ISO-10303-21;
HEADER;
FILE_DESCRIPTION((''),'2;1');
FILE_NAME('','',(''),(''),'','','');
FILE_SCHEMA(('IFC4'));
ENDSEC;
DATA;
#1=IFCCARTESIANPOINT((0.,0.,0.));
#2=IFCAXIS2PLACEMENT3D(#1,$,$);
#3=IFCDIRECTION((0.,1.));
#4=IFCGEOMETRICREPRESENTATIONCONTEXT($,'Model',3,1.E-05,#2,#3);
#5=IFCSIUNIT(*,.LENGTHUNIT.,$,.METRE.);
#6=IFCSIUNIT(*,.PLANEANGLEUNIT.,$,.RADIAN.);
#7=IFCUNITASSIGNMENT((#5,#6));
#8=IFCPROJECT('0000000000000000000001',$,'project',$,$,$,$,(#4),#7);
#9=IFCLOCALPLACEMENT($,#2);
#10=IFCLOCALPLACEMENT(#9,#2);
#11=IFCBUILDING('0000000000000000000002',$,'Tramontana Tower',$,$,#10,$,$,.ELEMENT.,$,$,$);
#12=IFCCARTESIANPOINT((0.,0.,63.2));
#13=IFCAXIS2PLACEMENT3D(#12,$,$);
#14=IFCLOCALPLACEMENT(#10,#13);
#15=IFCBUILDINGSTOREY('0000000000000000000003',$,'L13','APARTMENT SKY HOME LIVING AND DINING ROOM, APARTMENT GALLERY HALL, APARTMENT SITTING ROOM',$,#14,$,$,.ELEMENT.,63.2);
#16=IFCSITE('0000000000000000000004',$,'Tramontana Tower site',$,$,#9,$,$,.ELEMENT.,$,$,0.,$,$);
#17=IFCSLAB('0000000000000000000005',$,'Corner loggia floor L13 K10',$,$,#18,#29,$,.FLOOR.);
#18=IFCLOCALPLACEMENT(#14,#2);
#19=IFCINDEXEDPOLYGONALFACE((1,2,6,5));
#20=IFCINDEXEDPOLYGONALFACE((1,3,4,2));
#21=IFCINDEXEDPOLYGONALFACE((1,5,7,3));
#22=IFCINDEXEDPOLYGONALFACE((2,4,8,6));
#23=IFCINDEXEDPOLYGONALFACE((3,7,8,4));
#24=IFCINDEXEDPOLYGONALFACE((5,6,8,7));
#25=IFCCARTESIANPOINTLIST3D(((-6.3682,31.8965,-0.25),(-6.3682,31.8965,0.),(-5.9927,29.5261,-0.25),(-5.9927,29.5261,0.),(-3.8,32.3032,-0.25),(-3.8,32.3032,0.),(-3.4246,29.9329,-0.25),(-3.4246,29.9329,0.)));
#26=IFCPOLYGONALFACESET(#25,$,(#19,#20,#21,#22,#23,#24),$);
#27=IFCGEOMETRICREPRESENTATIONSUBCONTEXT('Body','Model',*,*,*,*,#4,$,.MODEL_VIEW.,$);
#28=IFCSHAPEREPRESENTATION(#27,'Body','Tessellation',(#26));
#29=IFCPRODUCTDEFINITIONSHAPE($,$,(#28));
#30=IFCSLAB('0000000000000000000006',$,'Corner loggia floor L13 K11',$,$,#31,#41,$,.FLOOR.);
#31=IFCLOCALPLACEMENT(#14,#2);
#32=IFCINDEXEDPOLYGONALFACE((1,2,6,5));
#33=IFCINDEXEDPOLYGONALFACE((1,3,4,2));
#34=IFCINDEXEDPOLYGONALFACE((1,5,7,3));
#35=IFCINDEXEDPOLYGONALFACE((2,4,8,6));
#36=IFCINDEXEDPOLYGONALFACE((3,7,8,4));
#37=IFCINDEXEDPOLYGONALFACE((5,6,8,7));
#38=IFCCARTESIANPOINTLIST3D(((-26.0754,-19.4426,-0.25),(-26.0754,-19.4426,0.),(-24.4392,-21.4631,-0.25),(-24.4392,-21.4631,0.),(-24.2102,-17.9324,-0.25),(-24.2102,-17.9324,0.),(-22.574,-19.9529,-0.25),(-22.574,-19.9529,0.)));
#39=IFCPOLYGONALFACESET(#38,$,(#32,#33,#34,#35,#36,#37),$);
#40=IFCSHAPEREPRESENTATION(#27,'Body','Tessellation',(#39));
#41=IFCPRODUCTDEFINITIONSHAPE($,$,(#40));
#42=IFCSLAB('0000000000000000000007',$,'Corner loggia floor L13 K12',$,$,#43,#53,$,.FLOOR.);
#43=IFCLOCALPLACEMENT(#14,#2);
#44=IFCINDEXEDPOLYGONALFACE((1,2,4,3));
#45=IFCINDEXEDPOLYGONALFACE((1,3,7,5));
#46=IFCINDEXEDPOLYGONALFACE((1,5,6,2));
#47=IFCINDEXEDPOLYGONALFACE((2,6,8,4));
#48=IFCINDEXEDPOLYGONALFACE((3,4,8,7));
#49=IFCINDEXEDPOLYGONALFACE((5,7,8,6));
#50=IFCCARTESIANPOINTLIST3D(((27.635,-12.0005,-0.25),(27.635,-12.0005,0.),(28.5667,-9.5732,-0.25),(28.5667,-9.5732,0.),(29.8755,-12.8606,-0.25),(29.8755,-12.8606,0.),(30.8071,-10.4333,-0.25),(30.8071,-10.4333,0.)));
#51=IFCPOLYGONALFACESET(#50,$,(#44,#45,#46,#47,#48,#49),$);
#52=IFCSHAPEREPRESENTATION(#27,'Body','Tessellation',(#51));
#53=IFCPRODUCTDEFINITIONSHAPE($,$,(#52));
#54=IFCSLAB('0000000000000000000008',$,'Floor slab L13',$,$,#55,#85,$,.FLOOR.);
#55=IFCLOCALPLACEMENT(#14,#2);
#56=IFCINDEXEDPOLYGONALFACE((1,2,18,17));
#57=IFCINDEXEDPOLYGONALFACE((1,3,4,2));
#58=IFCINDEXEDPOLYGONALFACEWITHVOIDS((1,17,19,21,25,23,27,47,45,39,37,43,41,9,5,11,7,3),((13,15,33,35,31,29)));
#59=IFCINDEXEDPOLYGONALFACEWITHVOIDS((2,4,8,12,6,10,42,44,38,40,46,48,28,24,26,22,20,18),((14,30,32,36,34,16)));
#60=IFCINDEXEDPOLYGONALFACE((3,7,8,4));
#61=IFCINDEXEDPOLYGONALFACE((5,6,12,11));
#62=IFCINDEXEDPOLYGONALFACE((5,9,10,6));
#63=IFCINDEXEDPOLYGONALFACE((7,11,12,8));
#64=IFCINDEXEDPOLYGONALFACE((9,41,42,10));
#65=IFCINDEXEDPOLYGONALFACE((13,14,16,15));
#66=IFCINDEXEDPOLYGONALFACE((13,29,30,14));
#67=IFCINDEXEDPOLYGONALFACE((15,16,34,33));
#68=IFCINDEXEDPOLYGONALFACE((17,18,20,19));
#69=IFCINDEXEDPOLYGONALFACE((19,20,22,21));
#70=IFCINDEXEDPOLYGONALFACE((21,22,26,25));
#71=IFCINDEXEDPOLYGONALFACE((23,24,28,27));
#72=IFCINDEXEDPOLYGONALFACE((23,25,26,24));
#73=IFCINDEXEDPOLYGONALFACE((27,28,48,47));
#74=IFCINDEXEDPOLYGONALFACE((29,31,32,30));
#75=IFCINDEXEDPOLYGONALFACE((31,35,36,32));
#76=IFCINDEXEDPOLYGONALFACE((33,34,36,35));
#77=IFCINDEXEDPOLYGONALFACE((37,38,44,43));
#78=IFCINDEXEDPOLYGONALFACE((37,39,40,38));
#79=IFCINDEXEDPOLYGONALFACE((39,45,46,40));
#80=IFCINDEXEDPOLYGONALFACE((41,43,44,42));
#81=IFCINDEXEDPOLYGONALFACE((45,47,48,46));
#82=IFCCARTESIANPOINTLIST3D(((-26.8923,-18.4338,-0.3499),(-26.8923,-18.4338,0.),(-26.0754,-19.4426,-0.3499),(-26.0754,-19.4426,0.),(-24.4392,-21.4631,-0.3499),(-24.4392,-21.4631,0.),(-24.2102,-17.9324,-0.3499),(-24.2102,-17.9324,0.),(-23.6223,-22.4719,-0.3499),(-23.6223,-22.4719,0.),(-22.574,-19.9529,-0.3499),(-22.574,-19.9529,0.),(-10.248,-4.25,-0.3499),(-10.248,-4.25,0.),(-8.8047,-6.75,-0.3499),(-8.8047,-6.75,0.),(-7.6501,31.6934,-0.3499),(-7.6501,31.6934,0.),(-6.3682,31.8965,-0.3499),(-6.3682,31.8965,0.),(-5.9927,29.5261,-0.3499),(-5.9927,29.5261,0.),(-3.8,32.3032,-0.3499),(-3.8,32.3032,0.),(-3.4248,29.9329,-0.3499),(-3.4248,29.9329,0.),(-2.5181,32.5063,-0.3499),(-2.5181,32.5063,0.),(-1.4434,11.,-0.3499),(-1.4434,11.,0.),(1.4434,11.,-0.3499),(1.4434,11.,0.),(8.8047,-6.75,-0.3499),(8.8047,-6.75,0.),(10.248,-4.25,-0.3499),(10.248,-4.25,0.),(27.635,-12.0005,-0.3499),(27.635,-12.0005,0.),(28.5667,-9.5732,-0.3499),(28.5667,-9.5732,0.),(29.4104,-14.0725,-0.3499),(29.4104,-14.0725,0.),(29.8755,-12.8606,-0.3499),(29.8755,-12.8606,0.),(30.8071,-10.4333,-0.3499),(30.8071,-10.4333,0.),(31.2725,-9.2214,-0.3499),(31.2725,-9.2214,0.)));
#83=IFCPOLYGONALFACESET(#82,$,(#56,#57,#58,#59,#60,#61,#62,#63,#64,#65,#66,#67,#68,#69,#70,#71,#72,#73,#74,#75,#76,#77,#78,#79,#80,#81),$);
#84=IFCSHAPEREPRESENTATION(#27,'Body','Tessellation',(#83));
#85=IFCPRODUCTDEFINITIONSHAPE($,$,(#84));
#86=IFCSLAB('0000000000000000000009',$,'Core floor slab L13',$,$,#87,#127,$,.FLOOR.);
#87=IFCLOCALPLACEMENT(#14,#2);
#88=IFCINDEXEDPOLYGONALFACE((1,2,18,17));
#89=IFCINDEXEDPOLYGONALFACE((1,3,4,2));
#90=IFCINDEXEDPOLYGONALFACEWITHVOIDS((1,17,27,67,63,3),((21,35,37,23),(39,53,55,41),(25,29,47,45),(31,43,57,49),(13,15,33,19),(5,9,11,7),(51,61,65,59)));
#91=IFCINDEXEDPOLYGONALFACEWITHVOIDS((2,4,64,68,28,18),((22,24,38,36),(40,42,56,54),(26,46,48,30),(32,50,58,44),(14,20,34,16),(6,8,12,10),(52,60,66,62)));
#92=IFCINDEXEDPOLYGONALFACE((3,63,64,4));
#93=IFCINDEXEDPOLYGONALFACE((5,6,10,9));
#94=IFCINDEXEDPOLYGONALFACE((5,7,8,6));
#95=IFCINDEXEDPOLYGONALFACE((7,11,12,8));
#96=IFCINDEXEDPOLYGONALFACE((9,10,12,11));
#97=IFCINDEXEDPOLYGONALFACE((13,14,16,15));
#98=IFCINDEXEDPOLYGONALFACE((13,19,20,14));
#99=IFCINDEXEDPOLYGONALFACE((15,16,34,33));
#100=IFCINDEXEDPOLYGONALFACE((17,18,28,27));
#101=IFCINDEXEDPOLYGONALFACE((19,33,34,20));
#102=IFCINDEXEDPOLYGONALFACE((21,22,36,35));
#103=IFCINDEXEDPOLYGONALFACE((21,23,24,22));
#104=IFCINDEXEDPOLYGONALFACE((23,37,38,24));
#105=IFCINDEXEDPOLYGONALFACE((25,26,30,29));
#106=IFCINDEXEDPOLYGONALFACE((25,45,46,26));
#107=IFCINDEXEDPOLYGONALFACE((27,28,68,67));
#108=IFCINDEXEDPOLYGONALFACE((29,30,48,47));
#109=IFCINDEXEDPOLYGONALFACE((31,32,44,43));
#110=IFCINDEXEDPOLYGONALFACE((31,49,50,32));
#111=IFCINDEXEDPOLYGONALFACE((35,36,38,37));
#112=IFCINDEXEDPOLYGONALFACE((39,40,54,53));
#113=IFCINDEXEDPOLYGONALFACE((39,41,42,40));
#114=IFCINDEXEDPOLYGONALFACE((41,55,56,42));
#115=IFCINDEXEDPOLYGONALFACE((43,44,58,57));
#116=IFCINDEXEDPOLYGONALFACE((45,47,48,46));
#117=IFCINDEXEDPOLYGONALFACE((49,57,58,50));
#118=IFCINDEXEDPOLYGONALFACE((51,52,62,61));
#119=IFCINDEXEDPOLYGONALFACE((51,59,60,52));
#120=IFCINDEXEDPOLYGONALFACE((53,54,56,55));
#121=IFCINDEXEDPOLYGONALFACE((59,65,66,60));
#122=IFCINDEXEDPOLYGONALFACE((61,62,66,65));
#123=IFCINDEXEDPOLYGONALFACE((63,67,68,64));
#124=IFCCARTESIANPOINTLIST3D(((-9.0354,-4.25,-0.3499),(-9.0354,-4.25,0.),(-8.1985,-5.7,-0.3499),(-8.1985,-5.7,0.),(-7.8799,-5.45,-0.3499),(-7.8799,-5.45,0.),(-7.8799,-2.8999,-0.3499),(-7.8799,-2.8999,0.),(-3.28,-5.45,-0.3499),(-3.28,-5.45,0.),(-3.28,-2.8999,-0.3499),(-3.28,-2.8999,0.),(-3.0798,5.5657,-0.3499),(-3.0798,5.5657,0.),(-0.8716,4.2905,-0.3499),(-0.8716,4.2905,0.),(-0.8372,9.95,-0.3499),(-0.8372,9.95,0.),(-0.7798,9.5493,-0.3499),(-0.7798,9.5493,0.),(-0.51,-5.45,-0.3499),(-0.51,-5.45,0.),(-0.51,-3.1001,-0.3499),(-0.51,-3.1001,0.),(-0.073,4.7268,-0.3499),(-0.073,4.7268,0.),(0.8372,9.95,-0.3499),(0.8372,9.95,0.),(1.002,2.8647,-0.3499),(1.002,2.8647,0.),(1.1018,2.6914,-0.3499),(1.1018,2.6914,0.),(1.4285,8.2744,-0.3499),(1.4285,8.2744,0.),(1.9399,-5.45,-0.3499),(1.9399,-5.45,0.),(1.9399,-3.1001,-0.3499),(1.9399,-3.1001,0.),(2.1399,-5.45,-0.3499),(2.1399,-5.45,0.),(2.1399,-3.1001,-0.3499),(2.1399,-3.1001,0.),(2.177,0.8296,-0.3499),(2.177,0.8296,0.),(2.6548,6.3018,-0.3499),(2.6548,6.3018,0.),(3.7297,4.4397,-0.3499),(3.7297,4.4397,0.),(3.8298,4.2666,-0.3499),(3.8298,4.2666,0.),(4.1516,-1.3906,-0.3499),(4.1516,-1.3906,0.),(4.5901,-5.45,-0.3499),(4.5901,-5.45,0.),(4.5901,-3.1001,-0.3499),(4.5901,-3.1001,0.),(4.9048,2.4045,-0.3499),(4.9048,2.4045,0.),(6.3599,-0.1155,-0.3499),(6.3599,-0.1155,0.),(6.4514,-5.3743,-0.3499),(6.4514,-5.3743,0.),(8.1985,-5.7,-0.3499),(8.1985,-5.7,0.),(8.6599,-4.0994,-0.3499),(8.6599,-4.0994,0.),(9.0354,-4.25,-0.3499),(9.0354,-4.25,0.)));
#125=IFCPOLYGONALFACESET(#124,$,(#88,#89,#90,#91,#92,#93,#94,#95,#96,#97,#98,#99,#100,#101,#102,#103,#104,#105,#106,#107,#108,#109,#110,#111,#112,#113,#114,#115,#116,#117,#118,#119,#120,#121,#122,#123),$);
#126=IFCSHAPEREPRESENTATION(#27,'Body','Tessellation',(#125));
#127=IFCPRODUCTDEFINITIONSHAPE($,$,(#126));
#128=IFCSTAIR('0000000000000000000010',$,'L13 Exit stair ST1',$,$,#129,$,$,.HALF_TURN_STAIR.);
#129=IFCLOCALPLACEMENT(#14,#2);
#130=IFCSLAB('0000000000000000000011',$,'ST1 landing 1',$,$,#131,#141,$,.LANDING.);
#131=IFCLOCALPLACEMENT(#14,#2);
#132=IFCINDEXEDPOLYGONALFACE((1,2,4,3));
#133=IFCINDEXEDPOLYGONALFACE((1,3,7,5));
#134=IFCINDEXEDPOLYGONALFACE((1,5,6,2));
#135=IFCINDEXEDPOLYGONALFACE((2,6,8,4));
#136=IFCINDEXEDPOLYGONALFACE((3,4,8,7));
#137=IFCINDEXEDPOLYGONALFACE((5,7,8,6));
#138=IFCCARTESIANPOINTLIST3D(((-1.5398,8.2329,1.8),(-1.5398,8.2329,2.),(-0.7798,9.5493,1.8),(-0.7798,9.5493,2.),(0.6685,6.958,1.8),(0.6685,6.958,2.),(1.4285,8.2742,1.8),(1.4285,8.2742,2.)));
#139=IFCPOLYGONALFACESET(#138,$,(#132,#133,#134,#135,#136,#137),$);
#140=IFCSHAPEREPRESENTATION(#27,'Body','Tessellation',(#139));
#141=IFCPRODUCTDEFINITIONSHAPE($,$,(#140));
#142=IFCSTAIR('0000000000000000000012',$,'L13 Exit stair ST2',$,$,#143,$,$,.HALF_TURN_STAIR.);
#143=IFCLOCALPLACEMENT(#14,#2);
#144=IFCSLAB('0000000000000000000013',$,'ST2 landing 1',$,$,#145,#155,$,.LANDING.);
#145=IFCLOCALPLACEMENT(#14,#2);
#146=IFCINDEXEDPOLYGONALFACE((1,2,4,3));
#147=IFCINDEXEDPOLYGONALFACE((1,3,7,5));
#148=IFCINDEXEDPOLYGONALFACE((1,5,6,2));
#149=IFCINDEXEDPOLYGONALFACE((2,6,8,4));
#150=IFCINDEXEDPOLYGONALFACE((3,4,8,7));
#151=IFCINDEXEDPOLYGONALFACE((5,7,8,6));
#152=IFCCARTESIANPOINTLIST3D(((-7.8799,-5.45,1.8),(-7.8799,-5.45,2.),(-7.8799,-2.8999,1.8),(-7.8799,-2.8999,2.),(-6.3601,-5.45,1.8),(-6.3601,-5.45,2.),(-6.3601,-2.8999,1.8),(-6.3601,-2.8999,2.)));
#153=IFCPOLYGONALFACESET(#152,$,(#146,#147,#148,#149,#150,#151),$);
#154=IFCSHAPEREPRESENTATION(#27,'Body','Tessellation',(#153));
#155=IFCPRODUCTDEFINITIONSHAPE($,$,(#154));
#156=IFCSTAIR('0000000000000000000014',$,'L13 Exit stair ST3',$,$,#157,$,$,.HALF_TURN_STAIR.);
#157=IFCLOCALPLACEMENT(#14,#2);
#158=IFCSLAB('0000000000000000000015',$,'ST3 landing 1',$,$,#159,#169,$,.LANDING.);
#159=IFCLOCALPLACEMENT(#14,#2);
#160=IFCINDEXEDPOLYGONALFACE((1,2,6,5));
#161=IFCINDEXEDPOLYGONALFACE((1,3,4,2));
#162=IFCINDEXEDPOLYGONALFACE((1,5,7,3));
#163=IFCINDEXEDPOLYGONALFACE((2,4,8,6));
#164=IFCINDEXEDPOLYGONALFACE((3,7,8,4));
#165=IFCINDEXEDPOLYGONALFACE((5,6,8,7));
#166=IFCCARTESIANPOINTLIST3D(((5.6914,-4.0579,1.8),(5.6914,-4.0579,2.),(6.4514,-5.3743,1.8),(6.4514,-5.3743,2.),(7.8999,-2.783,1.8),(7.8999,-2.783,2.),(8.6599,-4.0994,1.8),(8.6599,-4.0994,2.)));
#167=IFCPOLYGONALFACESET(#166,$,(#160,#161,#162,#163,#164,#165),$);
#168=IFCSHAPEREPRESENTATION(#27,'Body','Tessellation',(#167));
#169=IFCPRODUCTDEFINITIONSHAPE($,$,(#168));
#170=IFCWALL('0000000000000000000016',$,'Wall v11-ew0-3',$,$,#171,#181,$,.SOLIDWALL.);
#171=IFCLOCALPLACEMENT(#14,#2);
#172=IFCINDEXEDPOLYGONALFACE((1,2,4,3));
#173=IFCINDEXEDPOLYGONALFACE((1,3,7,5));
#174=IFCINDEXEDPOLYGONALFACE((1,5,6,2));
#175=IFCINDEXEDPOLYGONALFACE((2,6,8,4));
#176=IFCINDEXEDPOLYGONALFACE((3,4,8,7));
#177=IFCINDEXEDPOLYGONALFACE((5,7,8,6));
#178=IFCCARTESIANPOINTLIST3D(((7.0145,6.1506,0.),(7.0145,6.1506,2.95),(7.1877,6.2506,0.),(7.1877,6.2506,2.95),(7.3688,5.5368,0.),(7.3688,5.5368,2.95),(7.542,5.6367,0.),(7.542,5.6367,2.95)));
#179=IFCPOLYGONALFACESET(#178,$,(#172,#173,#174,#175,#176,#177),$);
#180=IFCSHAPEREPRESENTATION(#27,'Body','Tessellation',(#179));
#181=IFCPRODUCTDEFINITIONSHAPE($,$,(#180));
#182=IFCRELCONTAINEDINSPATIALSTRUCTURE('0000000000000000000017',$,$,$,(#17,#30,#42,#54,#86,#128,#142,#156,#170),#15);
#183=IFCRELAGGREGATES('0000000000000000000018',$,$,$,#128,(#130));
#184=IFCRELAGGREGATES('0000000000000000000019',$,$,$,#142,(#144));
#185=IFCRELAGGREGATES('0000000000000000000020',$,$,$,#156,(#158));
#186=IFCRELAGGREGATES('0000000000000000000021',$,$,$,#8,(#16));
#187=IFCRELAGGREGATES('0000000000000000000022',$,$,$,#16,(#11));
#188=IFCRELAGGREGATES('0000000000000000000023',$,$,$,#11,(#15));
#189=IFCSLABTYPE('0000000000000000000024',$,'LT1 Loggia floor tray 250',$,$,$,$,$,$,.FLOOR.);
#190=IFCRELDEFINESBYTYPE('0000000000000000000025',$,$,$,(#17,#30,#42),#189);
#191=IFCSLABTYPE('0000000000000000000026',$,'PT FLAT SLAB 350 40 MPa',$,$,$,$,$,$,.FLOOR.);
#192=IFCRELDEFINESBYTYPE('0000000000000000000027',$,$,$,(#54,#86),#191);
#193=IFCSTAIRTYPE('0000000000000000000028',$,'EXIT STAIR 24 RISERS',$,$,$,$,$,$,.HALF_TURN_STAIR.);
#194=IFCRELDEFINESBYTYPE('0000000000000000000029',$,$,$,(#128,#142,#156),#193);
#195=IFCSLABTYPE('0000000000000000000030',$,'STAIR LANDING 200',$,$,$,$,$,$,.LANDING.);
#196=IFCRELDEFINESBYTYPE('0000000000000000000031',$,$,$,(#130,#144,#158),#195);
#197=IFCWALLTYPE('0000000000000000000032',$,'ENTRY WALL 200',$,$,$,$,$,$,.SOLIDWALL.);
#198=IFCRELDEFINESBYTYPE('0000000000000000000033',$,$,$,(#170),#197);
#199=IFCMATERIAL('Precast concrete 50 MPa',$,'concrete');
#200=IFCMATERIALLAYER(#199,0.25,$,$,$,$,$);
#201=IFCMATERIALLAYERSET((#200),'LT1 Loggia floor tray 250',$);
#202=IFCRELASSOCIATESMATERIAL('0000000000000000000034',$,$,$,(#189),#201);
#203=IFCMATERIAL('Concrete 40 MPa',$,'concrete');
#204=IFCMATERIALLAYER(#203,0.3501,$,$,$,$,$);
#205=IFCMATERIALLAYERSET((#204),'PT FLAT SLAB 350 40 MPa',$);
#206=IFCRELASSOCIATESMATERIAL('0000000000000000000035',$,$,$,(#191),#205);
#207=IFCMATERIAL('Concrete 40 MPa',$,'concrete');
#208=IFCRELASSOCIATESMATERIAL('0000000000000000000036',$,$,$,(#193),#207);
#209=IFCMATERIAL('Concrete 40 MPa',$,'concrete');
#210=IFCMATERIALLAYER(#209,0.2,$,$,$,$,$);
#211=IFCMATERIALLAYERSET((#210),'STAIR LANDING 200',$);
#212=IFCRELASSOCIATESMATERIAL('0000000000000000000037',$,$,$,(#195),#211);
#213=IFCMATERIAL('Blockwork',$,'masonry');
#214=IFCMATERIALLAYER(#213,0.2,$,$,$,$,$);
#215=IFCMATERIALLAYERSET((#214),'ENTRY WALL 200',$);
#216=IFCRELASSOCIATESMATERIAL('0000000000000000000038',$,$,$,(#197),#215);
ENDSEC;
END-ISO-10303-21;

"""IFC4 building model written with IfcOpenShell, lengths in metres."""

from ifc_helpers import new_model, si_unit, direction, frame, frame_2d, origin, place, context, subcontext, project, spatial, polyline, rectangle, outline, extrude, material, layer, layer_set, type_object, element, aggregate, save


model = new_model("IFC4")

# Units and contexts
model_context = context("Model", 3, precision=1e-05, world=origin(), true_north=direction((0.0, 1.0)))
body_context = subcontext(model_context, "Body", "Model", "MODEL_VIEW")
ifc_project = project(units=[si_unit("LENGTHUNIT", "METRE"), si_unit("PLANEANGLEUNIT", "RADIAN")], contexts=[model_context])

# Site, building, storey
site_placement = place(None, origin())
site = spatial("IfcSite", under=ifc_project, at=site_placement, Name="Tramontana Tower site", CompositionType="ELEMENT", RefElevation=0.0)
building_placement = place(site_placement, origin())
building = spatial("IfcBuilding", under=site, at=building_placement, Name="Tramontana Tower", CompositionType="ELEMENT")
storey_placement = place(building_placement, frame((0.0, 0.0, 63.2)))
storey = spatial("IfcBuildingStorey", under=building, at=storey_placement, Name="L13", Description="APARTMENT SKY HOME LIVING AND DINING ROOM, APARTMENT GALLERY HALL, APARTMENT SITTING ROOM", CompositionType="ELEMENT", Elevation=63.2)

# Slabs
ifc_material_1 = material(Name="Precast concrete 50 MPa", Category="concrete")
ifc_layer_1 = layer(ifc_material_1, 0.25)
ifc_layer_set_1 = layer_set([ifc_layer_1], Name="LT1 Loggia floor tray 250")
slab_type_1 = type_object("IfcSlabType", Name="LT1 Loggia floor tray 250", PredefinedType="FLOOR", material=ifc_layer_set_1)
slab_1_placement = place(storey_placement, frame((0.0, 0.0, -0.25)))
element("IfcSlab", 1, at=slab_1_placement, inside=storey, type_object=slab_type_1, Name="Corner loggia floor L13 K10", PredefinedType="FLOOR", context=body_context, shape_type="SweptSolid", body=[
    extrude(outline(polyline([(-3.8, 32.3032), (-3.4246, 29.9329), (-5.9927, 29.5261), (-6.3682, 31.8965), (-3.8, 32.3032)])), origin(), (0.0, 0.0, 1.0), 0.25),
])
slab_2_placement = place(storey_placement, frame((0.0, 0.0, -0.25)))
element("IfcSlab", 2, at=slab_2_placement, inside=storey, type_object=slab_type_1, Name="Corner loggia floor L13 K11", PredefinedType="FLOOR", context=body_context, shape_type="SweptSolid", body=[
    extrude(outline(polyline([(-26.0754, -19.4426), (-24.2102, -17.9324), (-22.574, -19.9529), (-24.4392, -21.4631), (-26.0754, -19.4426)])), origin(), (0.0, 0.0, 1.0), 0.25),
])
slab_3_placement = place(storey_placement, frame((0.0, 0.0, -0.25)))
element("IfcSlab", 3, at=slab_3_placement, inside=storey, type_object=slab_type_1, Name="Corner loggia floor L13 K12", PredefinedType="FLOOR", context=body_context, shape_type="SweptSolid", body=[
    extrude(outline(polyline([(29.8755, -12.8606), (27.635, -12.0005), (28.5667, -9.5732), (30.8071, -10.4333), (29.8755, -12.8606)])), origin(), (0.0, 0.0, 1.0), 0.25),
])
ifc_material_2 = material(Name="Concrete 40 MPa", Category="concrete")
ifc_layer_2 = layer(ifc_material_2, 0.3501)
ifc_layer_set_2 = layer_set([ifc_layer_2], Name="PT FLAT SLAB 350 40 MPa")
slab_type_2 = type_object("IfcSlabType", Name="PT FLAT SLAB 350 40 MPa", PredefinedType="FLOOR", material=ifc_layer_set_2)
slab_4_placement = place(storey_placement, frame((0.0, 0.0, -0.3499)))
element("IfcSlab", 4, at=slab_4_placement, inside=storey, type_object=slab_type_2, Name="Floor slab L13", PredefinedType="FLOOR", context=body_context, shape_type="SweptSolid", body=[
    extrude(outline(polyline([(30.8071, -10.4333), (28.5667, -9.5732), (27.635, -12.0005), (29.8755, -12.8606), (29.4104, -14.0725), (-23.6223, -22.4719), (-24.4392, -21.4631), (-22.574, -19.9529), (-24.2102, -17.9324), (-26.0754, -19.4426), (-26.8923, -18.4338), (-7.6501, 31.6934), (-6.3682, 31.8965), (-5.9927, 29.5261), (-3.4248, 29.9329), (-3.8, 32.3032), (-2.5181, 32.5063), (31.2725, -9.2214), (30.8071, -10.4333)]), holes=[polyline([(-10.248, -4.25), (-8.8047, -6.75), (8.8047, -6.75), (10.248, -4.25), (1.4434, 11.0), (-1.4434, 11.0), (-10.248, -4.25)])]), origin(), (0.0, 0.0, 1.0), 0.3499),
])
slab_5_placement = place(storey_placement, frame((0.0, 0.0, -0.3499)))
element("IfcSlab", 5, at=slab_5_placement, inside=storey, type_object=slab_type_2, Name="Core floor slab L13", PredefinedType="FLOOR", context=body_context, shape_type="SweptSolid", body=[
    extrude(outline(polyline([(9.0354, -4.25), (8.1985, -5.7), (-8.1985, -5.7), (-9.0354, -4.25), (-0.8372, 9.95), (0.8372, 9.95), (9.0354, -4.25)]), holes=[polyline([(8.6599, -4.0994), (6.3599, -0.1155), (4.1516, -1.3906), (6.4514, -5.3743), (8.6599, -4.0994)]), polyline([(3.8298, 4.2666), (1.1018, 2.6914), (2.177, 0.8296), (4.9048, 2.4045), (3.8298, 4.2666)]), polyline([(4.5901, -3.1001), (2.1399, -3.1001), (2.1399, -5.45), (4.5901, -5.45), (4.5901, -3.1001)]), polyline([(2.6548, 6.3018), (-0.073, 4.7268), (1.002, 2.8647), (3.7297, 4.4397), (2.6548, 6.3018)]), polyline([(1.9399, -5.45), (1.9399, -3.1001), (-0.51, -3.1001), (-0.51, -5.45), (1.9399, -5.45)]), polyline([(-0.7798, 9.5493), (-3.0798, 5.5657), (-0.8716, 4.2905), (1.4285, 8.2744), (-0.7798, 9.5493)]), polyline([(-7.8799, -5.45), (-3.28, -5.45), (-3.28, -2.8999), (-7.8799, -2.8999), (-7.8799, -5.45)])]), origin(), (0.0, 0.0, 1.0), 0.3499),
])

# Stairs, slabs
ifc_material_3 = material(Name="Concrete 40 MPa", Category="concrete")
stair_type = type_object("IfcStairType", Name="EXIT STAIR 24 RISERS", PredefinedType="HALF_TURN_STAIR", material=ifc_material_3)
stair_1_placement = place(storey_placement, origin())
stair_1 = element("IfcStair", 6, at=stair_1_placement, inside=storey, type_object=stair_type, Name="L13 Exit stair ST1", PredefinedType="HALF_TURN_STAIR")
ifc_material_4 = material(Name="Concrete 40 MPa", Category="concrete")
ifc_layer_3 = layer(ifc_material_4, 0.2)
ifc_layer_set_3 = layer_set([ifc_layer_3], Name="STAIR LANDING 200")
slab_type_3 = type_object("IfcSlabType", Name="STAIR LANDING 200", PredefinedType="LANDING", material=ifc_layer_set_3)
slab_6_placement = place(storey_placement, frame((0.0, 0.0, 1.8)))
slab_6 = element("IfcSlab", 7, at=slab_6_placement, type_object=slab_type_3, Name="ST1 landing 1", PredefinedType="LANDING", context=body_context, shape_type="SweptSolid", body=[
    extrude(outline(polyline([(0.6685, 6.958), (1.4285, 8.2742), (-0.7798, 9.5493), (-1.5398, 8.2329), (0.6685, 6.958)])), origin(), (0.0, 0.0, 1.0), 0.2),
])
aggregate(stair_1, [slab_6])
stair_2_placement = place(storey_placement, origin())
stair_2 = element("IfcStair", 8, at=stair_2_placement, inside=storey, type_object=stair_type, Name="L13 Exit stair ST2", PredefinedType="HALF_TURN_STAIR")
slab_7_placement = place(storey_placement, frame((0.0, 0.0, 1.8)))
slab_7 = element("IfcSlab", 9, at=slab_7_placement, type_object=slab_type_3, Name="ST2 landing 1", PredefinedType="LANDING", context=body_context, shape_type="SweptSolid", body=[
    extrude(outline(polyline([(-6.3601, -2.8999), (-7.8799, -2.8999), (-7.8799, -5.45), (-6.3601, -5.45), (-6.3601, -2.8999)])), origin(), (0.0, 0.0, 1.0), 0.2),
])
aggregate(stair_2, [slab_7])
stair_3_placement = place(storey_placement, origin())
stair_3 = element("IfcStair", 10, at=stair_3_placement, inside=storey, type_object=stair_type, Name="L13 Exit stair ST3", PredefinedType="HALF_TURN_STAIR")
slab_8_placement = place(storey_placement, frame((0.0, 0.0, 1.8)))
slab_8 = element("IfcSlab", 11, at=slab_8_placement, type_object=slab_type_3, Name="ST3 landing 1", PredefinedType="LANDING", context=body_context, shape_type="SweptSolid", body=[
    extrude(outline(polyline([(5.6914, -4.0579), (6.4514, -5.3743), (8.6599, -4.0994), (7.8999, -2.783), (5.6914, -4.0579)])), origin(), (0.0, 0.0, 1.0), 0.2),
])

# Wall
ifc_material_5 = material(Name="Blockwork", Category="masonry")
ifc_layer_4 = layer(ifc_material_5, 0.2)
ifc_layer_set_4 = layer_set([ifc_layer_4], Name="ENTRY WALL 200")
wall_type_1 = type_object("IfcWallType", Name="ENTRY WALL 200", PredefinedType="SOLIDWALL", material=ifc_layer_set_4)
wall_1_placement = place(storey_placement, frame((7.1011, 6.2007, 0.0), z_axis=(0.0, 0.0, 1.0), x_axis=(0.499882, -0.866094, 0.0)))
element("IfcWall", 12, at=wall_1_placement, inside=storey, type_object=wall_type_1, Name="Wall v11-ew0-3", PredefinedType="SOLIDWALL", context=body_context, shape_type="SweptSolid", body=[
    extrude(rectangle(XDim=0.7087, YDim=0.2, at=frame_2d((0.3545, 0.0))), origin(), (0.0, 0.0, 1.0), 2.95),
])

aggregate(stair_3, [slab_8])

save(model, "model.ifc")
